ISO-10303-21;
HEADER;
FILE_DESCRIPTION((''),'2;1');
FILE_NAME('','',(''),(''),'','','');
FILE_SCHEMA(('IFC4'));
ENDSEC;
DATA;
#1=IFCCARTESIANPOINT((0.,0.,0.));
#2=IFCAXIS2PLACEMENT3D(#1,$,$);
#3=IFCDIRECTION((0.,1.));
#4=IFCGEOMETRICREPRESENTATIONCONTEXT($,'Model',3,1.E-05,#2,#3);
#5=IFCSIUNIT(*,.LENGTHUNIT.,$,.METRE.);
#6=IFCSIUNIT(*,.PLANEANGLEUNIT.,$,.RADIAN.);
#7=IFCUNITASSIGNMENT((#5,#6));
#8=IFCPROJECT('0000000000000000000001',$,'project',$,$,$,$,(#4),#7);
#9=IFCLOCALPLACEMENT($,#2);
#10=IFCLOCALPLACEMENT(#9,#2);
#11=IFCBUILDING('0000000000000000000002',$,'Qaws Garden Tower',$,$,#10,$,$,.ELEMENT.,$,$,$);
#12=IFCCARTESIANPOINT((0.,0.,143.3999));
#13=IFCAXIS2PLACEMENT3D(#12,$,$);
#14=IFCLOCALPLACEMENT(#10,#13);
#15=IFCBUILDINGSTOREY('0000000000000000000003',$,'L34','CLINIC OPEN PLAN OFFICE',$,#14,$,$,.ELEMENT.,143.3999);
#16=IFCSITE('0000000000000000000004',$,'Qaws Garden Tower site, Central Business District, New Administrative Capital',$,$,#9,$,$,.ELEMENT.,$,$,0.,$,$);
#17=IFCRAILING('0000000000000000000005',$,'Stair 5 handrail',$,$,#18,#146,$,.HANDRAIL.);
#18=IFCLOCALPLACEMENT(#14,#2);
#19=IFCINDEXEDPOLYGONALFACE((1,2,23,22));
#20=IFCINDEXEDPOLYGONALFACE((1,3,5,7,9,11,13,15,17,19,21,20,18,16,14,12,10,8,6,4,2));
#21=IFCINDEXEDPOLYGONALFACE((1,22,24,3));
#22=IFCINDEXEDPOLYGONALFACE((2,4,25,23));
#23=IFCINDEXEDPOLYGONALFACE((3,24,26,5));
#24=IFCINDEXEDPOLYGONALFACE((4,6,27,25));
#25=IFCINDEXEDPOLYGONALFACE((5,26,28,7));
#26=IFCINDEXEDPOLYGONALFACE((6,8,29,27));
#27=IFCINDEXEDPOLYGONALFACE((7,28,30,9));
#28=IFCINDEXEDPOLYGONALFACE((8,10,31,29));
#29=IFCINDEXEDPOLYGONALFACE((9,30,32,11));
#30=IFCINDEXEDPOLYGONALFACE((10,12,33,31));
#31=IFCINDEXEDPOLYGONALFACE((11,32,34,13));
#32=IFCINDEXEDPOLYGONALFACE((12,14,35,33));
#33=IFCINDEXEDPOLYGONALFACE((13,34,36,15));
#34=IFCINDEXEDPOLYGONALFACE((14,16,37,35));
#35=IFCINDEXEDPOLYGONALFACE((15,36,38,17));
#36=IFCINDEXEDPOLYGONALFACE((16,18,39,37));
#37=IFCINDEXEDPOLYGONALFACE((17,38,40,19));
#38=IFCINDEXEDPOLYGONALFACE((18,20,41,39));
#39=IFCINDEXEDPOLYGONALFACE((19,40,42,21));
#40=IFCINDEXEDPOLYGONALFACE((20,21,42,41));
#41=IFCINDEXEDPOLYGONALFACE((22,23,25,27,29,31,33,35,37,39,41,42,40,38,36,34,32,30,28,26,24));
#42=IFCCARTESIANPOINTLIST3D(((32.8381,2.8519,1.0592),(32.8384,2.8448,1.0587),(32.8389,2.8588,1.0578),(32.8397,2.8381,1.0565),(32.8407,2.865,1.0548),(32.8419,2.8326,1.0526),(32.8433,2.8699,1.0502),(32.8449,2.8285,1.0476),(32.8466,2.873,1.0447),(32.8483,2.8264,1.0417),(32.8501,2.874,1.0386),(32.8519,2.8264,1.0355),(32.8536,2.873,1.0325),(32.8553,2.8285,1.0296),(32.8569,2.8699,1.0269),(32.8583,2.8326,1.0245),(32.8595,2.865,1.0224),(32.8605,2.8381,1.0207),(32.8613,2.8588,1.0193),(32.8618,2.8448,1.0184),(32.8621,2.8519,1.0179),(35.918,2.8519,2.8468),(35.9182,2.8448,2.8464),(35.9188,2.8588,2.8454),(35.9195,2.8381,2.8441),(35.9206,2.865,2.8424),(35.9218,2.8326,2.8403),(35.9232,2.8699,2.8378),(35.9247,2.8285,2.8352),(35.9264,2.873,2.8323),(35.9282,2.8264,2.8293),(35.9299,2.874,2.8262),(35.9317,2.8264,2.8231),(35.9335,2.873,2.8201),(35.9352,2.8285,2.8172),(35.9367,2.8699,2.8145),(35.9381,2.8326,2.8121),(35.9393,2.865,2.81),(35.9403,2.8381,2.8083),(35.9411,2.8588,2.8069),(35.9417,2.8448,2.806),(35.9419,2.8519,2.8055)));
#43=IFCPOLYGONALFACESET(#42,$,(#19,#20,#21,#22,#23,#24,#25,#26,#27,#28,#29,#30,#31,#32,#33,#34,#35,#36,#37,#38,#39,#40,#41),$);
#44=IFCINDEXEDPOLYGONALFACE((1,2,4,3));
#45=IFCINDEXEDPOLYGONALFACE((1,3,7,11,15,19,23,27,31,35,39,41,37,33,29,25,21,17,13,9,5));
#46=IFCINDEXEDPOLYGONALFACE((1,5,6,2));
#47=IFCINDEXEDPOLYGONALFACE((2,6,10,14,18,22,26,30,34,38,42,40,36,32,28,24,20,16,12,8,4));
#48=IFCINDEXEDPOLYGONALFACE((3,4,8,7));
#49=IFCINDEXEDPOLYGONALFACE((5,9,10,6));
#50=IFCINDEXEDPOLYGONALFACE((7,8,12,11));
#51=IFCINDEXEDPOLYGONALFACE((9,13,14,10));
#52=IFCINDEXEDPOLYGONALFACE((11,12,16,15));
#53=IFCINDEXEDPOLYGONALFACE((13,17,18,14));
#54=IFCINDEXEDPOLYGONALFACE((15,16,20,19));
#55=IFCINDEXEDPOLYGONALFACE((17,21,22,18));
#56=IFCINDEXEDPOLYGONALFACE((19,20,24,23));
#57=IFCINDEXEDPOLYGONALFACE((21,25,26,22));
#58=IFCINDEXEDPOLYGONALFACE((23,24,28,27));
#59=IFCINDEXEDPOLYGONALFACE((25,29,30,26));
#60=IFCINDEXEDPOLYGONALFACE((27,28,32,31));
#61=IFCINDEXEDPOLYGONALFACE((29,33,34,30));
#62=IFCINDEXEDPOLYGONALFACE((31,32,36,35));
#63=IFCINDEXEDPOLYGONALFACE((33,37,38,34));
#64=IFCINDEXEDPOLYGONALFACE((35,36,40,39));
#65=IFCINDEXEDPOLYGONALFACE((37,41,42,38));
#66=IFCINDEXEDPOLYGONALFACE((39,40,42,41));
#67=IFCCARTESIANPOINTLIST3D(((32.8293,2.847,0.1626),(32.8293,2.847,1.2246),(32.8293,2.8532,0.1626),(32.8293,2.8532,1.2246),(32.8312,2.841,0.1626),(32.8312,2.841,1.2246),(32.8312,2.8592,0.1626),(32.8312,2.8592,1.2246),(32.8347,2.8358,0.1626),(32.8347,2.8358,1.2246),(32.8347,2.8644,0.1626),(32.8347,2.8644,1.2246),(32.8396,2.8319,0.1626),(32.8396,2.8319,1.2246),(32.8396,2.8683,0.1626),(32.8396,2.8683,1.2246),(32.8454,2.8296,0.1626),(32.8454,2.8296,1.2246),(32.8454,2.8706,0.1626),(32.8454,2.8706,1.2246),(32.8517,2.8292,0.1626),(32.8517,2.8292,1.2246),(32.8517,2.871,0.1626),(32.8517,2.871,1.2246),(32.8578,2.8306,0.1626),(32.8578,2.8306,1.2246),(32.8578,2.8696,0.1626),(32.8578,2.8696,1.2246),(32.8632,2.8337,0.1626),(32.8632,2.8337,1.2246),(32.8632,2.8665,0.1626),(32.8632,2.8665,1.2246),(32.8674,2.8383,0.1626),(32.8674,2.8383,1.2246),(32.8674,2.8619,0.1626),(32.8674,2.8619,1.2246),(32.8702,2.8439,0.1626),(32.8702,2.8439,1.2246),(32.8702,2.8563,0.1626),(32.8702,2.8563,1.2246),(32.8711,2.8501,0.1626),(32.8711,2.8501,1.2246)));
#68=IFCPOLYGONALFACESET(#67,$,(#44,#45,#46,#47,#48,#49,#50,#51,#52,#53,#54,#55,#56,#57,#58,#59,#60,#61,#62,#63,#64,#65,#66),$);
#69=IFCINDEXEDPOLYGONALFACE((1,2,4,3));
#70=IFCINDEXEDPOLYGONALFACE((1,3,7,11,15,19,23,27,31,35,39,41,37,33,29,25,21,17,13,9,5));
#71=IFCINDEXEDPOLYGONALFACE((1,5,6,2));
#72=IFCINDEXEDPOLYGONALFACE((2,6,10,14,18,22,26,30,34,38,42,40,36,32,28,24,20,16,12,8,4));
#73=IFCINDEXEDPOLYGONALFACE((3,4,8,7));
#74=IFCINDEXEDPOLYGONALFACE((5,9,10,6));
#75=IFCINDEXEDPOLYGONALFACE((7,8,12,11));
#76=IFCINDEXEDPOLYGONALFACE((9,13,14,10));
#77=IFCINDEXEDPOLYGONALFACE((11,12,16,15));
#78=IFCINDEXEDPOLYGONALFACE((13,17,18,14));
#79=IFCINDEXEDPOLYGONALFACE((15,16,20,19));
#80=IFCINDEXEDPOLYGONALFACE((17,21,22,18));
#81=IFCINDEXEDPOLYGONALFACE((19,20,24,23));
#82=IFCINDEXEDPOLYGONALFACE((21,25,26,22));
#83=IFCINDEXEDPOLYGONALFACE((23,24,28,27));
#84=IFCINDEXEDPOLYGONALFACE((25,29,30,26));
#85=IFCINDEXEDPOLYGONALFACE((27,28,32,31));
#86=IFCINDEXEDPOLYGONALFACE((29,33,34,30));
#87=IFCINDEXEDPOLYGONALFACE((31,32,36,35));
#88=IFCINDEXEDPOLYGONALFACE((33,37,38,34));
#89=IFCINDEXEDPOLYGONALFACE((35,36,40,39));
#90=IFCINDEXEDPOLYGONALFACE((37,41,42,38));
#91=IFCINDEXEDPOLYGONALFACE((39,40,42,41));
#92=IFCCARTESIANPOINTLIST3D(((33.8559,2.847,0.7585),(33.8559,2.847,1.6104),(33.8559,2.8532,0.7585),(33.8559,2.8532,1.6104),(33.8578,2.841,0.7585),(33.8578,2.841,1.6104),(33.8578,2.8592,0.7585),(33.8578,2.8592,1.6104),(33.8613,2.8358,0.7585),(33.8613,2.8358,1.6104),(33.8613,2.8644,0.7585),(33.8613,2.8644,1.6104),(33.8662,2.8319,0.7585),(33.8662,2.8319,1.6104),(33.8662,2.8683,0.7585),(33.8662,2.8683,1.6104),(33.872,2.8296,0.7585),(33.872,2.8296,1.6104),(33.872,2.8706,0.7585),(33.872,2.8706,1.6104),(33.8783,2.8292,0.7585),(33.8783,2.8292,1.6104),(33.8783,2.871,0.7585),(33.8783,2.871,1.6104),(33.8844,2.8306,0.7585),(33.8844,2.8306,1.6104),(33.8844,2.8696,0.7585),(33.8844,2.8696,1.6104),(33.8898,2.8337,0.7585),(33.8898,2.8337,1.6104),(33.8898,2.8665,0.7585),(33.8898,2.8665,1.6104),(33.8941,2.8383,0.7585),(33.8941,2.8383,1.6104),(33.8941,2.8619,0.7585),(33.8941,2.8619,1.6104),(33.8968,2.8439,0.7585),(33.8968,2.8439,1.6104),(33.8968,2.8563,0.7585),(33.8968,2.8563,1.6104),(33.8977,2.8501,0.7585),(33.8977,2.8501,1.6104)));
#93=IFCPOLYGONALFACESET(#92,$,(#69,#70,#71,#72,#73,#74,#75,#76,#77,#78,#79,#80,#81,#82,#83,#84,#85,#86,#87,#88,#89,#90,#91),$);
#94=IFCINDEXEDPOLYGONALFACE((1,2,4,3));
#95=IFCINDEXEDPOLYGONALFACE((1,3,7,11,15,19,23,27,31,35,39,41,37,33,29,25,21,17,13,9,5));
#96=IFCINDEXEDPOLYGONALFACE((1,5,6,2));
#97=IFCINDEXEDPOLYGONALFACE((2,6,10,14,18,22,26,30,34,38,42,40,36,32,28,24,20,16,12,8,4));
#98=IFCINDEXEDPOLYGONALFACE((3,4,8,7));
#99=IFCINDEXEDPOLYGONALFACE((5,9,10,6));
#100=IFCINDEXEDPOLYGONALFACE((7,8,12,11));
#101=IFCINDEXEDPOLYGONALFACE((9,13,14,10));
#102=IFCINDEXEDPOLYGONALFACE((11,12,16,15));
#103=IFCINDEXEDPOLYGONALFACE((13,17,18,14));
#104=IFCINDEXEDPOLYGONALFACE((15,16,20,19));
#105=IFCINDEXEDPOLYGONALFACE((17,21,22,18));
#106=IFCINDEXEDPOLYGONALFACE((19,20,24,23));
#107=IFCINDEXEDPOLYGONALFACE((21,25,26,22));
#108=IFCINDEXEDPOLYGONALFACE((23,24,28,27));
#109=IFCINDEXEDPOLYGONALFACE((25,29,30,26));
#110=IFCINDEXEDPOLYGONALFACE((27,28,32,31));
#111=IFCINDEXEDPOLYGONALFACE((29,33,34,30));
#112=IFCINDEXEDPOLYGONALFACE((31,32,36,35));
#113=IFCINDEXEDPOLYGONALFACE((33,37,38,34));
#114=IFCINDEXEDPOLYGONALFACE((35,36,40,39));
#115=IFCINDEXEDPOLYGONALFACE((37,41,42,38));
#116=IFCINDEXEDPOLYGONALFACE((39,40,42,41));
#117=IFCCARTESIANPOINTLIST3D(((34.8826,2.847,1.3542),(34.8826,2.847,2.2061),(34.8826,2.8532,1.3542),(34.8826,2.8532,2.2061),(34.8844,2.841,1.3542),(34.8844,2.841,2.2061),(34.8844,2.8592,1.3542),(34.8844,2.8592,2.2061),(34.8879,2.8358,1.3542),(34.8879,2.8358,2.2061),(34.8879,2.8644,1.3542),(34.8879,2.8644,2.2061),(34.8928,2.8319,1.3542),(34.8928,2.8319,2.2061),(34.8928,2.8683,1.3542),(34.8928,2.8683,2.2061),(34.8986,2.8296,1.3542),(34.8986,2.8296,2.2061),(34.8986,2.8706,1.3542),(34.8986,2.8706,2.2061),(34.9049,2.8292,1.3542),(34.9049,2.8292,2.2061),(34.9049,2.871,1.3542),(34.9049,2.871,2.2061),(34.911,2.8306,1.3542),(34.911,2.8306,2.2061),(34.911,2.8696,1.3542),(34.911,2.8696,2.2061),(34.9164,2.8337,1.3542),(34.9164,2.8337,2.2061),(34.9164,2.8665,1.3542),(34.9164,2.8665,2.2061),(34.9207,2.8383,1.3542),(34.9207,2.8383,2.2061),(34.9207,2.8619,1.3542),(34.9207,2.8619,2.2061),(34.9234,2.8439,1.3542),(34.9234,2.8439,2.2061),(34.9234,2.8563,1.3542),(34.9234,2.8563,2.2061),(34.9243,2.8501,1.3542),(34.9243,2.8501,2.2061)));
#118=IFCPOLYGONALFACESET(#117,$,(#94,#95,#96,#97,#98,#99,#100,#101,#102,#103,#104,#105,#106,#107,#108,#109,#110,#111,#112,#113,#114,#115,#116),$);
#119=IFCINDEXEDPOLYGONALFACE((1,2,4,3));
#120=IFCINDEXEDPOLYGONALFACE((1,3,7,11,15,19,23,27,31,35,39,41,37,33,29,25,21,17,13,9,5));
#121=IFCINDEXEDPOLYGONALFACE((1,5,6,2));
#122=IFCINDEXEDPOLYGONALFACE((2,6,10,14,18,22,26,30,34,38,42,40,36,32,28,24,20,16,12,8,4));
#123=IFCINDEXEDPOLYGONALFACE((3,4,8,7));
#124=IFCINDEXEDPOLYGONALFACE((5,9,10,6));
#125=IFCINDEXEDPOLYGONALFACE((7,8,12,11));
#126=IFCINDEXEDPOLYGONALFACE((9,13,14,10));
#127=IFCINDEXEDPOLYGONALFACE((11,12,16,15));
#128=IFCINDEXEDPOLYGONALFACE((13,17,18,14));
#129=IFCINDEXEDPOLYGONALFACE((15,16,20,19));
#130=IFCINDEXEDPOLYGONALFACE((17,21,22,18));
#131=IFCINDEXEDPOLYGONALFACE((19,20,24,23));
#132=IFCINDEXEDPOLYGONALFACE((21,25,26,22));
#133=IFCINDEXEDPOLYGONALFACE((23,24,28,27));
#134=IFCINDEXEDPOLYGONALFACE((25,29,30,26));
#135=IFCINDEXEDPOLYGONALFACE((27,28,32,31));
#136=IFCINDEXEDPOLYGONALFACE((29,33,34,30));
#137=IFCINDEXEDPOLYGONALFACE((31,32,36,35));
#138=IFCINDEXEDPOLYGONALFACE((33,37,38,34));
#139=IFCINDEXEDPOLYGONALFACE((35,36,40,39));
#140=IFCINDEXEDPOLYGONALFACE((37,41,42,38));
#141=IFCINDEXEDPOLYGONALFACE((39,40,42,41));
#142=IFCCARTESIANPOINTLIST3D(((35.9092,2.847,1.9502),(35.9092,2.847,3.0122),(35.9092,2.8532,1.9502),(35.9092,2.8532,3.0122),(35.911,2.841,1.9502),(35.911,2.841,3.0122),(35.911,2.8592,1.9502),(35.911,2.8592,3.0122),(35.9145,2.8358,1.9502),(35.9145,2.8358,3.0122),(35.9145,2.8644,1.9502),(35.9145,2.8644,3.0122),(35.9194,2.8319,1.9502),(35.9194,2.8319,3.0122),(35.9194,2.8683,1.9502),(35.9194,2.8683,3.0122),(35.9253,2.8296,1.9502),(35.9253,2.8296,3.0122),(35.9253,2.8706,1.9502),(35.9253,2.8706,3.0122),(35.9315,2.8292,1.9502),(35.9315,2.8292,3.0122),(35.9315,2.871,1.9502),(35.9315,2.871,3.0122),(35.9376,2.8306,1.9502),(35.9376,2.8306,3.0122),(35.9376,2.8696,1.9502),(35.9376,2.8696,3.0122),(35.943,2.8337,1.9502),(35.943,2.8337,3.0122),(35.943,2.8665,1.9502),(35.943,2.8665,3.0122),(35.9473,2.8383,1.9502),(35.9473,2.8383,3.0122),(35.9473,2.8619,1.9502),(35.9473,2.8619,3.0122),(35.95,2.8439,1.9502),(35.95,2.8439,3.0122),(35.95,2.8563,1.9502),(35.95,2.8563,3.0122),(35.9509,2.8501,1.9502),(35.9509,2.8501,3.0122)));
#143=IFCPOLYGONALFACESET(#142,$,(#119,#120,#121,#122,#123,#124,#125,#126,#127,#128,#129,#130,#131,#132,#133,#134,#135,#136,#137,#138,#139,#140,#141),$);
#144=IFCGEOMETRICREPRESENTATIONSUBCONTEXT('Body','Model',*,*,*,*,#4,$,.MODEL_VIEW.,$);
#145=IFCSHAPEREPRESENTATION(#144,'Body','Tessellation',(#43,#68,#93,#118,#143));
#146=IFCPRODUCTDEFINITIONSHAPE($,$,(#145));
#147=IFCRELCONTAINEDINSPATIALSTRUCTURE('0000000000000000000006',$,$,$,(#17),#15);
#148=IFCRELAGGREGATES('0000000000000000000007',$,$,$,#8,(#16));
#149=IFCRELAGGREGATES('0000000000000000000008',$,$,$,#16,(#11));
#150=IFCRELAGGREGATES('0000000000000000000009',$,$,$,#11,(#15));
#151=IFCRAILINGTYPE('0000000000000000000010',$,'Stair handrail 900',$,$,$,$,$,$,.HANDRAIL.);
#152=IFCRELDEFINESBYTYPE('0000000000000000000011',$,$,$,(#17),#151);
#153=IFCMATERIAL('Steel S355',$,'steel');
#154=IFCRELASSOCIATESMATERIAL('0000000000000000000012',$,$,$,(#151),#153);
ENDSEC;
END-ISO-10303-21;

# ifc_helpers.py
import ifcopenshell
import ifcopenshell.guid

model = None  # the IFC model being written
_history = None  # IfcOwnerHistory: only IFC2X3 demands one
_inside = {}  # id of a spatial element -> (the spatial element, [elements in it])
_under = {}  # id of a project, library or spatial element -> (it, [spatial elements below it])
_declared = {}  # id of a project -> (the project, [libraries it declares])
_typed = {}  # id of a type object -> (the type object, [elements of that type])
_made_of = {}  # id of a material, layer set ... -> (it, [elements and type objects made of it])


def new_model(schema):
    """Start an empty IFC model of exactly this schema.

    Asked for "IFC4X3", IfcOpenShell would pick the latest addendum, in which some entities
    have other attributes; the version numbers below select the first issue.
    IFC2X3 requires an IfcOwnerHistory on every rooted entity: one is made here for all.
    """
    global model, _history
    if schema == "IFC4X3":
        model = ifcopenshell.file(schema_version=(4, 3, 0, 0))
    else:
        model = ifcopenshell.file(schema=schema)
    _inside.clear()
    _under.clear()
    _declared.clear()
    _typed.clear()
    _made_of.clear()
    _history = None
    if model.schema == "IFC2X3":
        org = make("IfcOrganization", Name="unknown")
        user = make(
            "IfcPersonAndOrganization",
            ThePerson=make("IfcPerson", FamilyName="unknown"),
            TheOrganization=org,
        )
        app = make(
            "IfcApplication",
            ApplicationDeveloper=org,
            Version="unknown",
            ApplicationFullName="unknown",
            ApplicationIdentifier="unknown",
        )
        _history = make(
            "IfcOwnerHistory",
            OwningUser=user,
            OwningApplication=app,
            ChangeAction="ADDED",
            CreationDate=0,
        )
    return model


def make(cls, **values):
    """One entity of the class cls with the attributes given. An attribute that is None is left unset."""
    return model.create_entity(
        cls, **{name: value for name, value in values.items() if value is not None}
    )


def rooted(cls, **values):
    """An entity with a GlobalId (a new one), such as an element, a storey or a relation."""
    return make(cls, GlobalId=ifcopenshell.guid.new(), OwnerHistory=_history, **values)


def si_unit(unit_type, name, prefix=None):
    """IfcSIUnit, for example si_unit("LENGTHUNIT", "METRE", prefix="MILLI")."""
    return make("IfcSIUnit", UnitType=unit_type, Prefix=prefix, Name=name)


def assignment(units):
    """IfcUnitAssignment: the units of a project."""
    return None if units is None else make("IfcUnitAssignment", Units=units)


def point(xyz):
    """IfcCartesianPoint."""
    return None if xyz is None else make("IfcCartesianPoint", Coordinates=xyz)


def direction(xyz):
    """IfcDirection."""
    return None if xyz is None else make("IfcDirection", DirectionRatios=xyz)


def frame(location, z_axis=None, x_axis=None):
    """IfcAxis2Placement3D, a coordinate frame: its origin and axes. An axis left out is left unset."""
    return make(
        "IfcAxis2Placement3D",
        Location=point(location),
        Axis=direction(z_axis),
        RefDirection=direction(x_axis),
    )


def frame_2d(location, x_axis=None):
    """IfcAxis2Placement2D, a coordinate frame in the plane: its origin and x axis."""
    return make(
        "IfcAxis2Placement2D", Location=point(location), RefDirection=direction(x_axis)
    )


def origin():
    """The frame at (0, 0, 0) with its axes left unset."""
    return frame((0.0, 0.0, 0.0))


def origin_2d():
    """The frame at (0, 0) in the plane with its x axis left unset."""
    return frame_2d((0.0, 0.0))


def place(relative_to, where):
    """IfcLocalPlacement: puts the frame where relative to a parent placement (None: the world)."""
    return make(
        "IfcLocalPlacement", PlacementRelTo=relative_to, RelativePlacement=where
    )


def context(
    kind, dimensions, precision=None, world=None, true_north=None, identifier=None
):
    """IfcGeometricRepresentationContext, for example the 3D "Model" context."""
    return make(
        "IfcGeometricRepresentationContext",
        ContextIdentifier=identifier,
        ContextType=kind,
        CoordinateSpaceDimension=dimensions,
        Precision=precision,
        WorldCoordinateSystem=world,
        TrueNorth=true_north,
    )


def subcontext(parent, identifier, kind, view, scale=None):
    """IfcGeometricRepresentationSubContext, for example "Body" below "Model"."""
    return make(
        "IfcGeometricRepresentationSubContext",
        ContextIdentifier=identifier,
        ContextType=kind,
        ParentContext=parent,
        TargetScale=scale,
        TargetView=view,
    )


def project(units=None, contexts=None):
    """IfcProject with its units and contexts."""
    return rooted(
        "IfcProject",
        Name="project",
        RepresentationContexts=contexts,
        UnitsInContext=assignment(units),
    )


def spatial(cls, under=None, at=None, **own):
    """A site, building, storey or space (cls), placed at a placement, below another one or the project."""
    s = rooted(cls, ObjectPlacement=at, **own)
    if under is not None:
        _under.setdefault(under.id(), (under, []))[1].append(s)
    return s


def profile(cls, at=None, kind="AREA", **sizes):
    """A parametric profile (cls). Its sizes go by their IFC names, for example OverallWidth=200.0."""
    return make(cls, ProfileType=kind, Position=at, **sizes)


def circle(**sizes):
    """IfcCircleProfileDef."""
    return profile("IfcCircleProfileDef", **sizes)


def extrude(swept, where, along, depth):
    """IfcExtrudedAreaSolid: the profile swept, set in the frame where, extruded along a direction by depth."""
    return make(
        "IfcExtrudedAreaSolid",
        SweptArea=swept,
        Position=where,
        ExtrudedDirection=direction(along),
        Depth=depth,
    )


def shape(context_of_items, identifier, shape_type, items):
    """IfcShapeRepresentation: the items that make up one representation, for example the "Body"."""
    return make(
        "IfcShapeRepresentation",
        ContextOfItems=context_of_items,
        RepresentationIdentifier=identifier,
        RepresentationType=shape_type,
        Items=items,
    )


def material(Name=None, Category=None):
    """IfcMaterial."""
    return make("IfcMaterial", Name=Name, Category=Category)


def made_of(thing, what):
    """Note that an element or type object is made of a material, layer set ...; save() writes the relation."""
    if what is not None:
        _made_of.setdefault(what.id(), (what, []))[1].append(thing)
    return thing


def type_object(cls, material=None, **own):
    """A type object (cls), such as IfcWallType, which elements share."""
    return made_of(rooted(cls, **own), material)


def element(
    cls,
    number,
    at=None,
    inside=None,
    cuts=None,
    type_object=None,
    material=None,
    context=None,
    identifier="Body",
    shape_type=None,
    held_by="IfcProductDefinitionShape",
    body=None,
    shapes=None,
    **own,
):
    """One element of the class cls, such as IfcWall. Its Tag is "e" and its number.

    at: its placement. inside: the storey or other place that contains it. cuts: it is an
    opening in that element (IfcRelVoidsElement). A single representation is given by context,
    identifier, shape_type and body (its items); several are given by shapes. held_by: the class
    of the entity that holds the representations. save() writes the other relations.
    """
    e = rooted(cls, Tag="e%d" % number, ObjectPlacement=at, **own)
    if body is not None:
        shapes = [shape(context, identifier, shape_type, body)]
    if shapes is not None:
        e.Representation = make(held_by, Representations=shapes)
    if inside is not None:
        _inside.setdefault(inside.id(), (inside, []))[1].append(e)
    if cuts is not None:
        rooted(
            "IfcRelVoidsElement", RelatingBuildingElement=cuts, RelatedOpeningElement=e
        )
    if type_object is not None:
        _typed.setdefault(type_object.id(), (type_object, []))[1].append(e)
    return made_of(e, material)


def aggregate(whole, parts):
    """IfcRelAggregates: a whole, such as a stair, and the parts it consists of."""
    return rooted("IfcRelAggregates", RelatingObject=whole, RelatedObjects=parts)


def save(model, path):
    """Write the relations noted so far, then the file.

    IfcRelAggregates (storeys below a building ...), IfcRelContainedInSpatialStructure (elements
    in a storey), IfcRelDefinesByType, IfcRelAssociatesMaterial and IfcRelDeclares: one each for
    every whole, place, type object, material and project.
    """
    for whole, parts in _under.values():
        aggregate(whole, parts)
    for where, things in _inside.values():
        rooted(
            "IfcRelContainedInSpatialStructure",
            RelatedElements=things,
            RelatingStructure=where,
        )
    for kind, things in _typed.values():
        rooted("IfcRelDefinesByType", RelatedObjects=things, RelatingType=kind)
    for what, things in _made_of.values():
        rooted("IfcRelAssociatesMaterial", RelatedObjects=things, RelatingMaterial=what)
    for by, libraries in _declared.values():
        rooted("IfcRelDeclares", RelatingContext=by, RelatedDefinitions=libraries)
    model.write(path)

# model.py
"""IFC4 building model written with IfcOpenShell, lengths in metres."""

from ifc_helpers import new_model, si_unit, direction, frame, origin, origin_2d, place, context, subcontext, project, spatial, circle, extrude, material, type_object, element, save


model = new_model("IFC4")

# Units and contexts
model_context = context("Model", 3, precision=1e-05, world=origin(), true_north=direction((0.0, 1.0)))
body_context = subcontext(model_context, "Body", "Model", "MODEL_VIEW")
ifc_project = project(units=[si_unit("LENGTHUNIT", "METRE"), si_unit("PLANEANGLEUNIT", "RADIAN")], contexts=[model_context])

# Site, building, storey
site_placement = place(None, origin())
site = spatial("IfcSite", under=ifc_project, at=site_placement, Name="Qaws Garden Tower site, Central Business District, New Administrative Capital", CompositionType="ELEMENT", RefElevation=0.0)
building_placement = place(site_placement, origin())
building = spatial("IfcBuilding", under=site, at=building_placement, Name="Qaws Garden Tower", CompositionType="ELEMENT")
storey_placement = place(building_placement, frame((0.0, 0.0, 143.3999)))
storey = spatial("IfcBuildingStorey", under=building, at=storey_placement, Name="L34", Description="CLINIC OPEN PLAN OFFICE", CompositionType="ELEMENT", Elevation=143.3999)

# Railing
ifc_material_1 = material(Name="Steel S355", Category="steel")
railing_type = type_object("IfcRailingType", Name="Stair handrail 900", PredefinedType="HANDRAIL", material=ifc_material_1)
railing_placement = place(storey_placement, frame((32.8501, 2.8501, 0.1626)))
element("IfcRailing", 1, at=railing_placement, inside=storey, type_object=railing_type, Name="Stair 5 handrail", PredefinedType="HANDRAIL", context=body_context, shape_type="SweptSolid", body=[
    extrude(circle(Radius=0.0239, at=origin_2d()), frame((0.0, 0.0, 0.876), z_axis=(0.864873, 0.0, 0.50199), x_axis=(0.0, 1.0, 0.0)), (0.0, 0.0, 1.0), 3.561),
    extrude(circle(Radius=0.021, at=origin_2d()), origin(), (0.0, 0.0, 1.0), 1.062),
    extrude(circle(Radius=0.021, at=origin_2d()), frame((1.0266, 0.0, 0.5959)), (0.0, 0.0, 1.0), 0.8518),
    extrude(circle(Radius=0.021, at=origin_2d()), frame((2.0532, 0.0, 1.1917)), (0.0, 0.0, 1.0), 0.8518),
    extrude(circle(Radius=0.021, at=origin_2d()), frame((3.0798, 0.0, 1.7876)), (0.0, 0.0, 1.0), 1.062),
])

save(model, "model.ifc")
